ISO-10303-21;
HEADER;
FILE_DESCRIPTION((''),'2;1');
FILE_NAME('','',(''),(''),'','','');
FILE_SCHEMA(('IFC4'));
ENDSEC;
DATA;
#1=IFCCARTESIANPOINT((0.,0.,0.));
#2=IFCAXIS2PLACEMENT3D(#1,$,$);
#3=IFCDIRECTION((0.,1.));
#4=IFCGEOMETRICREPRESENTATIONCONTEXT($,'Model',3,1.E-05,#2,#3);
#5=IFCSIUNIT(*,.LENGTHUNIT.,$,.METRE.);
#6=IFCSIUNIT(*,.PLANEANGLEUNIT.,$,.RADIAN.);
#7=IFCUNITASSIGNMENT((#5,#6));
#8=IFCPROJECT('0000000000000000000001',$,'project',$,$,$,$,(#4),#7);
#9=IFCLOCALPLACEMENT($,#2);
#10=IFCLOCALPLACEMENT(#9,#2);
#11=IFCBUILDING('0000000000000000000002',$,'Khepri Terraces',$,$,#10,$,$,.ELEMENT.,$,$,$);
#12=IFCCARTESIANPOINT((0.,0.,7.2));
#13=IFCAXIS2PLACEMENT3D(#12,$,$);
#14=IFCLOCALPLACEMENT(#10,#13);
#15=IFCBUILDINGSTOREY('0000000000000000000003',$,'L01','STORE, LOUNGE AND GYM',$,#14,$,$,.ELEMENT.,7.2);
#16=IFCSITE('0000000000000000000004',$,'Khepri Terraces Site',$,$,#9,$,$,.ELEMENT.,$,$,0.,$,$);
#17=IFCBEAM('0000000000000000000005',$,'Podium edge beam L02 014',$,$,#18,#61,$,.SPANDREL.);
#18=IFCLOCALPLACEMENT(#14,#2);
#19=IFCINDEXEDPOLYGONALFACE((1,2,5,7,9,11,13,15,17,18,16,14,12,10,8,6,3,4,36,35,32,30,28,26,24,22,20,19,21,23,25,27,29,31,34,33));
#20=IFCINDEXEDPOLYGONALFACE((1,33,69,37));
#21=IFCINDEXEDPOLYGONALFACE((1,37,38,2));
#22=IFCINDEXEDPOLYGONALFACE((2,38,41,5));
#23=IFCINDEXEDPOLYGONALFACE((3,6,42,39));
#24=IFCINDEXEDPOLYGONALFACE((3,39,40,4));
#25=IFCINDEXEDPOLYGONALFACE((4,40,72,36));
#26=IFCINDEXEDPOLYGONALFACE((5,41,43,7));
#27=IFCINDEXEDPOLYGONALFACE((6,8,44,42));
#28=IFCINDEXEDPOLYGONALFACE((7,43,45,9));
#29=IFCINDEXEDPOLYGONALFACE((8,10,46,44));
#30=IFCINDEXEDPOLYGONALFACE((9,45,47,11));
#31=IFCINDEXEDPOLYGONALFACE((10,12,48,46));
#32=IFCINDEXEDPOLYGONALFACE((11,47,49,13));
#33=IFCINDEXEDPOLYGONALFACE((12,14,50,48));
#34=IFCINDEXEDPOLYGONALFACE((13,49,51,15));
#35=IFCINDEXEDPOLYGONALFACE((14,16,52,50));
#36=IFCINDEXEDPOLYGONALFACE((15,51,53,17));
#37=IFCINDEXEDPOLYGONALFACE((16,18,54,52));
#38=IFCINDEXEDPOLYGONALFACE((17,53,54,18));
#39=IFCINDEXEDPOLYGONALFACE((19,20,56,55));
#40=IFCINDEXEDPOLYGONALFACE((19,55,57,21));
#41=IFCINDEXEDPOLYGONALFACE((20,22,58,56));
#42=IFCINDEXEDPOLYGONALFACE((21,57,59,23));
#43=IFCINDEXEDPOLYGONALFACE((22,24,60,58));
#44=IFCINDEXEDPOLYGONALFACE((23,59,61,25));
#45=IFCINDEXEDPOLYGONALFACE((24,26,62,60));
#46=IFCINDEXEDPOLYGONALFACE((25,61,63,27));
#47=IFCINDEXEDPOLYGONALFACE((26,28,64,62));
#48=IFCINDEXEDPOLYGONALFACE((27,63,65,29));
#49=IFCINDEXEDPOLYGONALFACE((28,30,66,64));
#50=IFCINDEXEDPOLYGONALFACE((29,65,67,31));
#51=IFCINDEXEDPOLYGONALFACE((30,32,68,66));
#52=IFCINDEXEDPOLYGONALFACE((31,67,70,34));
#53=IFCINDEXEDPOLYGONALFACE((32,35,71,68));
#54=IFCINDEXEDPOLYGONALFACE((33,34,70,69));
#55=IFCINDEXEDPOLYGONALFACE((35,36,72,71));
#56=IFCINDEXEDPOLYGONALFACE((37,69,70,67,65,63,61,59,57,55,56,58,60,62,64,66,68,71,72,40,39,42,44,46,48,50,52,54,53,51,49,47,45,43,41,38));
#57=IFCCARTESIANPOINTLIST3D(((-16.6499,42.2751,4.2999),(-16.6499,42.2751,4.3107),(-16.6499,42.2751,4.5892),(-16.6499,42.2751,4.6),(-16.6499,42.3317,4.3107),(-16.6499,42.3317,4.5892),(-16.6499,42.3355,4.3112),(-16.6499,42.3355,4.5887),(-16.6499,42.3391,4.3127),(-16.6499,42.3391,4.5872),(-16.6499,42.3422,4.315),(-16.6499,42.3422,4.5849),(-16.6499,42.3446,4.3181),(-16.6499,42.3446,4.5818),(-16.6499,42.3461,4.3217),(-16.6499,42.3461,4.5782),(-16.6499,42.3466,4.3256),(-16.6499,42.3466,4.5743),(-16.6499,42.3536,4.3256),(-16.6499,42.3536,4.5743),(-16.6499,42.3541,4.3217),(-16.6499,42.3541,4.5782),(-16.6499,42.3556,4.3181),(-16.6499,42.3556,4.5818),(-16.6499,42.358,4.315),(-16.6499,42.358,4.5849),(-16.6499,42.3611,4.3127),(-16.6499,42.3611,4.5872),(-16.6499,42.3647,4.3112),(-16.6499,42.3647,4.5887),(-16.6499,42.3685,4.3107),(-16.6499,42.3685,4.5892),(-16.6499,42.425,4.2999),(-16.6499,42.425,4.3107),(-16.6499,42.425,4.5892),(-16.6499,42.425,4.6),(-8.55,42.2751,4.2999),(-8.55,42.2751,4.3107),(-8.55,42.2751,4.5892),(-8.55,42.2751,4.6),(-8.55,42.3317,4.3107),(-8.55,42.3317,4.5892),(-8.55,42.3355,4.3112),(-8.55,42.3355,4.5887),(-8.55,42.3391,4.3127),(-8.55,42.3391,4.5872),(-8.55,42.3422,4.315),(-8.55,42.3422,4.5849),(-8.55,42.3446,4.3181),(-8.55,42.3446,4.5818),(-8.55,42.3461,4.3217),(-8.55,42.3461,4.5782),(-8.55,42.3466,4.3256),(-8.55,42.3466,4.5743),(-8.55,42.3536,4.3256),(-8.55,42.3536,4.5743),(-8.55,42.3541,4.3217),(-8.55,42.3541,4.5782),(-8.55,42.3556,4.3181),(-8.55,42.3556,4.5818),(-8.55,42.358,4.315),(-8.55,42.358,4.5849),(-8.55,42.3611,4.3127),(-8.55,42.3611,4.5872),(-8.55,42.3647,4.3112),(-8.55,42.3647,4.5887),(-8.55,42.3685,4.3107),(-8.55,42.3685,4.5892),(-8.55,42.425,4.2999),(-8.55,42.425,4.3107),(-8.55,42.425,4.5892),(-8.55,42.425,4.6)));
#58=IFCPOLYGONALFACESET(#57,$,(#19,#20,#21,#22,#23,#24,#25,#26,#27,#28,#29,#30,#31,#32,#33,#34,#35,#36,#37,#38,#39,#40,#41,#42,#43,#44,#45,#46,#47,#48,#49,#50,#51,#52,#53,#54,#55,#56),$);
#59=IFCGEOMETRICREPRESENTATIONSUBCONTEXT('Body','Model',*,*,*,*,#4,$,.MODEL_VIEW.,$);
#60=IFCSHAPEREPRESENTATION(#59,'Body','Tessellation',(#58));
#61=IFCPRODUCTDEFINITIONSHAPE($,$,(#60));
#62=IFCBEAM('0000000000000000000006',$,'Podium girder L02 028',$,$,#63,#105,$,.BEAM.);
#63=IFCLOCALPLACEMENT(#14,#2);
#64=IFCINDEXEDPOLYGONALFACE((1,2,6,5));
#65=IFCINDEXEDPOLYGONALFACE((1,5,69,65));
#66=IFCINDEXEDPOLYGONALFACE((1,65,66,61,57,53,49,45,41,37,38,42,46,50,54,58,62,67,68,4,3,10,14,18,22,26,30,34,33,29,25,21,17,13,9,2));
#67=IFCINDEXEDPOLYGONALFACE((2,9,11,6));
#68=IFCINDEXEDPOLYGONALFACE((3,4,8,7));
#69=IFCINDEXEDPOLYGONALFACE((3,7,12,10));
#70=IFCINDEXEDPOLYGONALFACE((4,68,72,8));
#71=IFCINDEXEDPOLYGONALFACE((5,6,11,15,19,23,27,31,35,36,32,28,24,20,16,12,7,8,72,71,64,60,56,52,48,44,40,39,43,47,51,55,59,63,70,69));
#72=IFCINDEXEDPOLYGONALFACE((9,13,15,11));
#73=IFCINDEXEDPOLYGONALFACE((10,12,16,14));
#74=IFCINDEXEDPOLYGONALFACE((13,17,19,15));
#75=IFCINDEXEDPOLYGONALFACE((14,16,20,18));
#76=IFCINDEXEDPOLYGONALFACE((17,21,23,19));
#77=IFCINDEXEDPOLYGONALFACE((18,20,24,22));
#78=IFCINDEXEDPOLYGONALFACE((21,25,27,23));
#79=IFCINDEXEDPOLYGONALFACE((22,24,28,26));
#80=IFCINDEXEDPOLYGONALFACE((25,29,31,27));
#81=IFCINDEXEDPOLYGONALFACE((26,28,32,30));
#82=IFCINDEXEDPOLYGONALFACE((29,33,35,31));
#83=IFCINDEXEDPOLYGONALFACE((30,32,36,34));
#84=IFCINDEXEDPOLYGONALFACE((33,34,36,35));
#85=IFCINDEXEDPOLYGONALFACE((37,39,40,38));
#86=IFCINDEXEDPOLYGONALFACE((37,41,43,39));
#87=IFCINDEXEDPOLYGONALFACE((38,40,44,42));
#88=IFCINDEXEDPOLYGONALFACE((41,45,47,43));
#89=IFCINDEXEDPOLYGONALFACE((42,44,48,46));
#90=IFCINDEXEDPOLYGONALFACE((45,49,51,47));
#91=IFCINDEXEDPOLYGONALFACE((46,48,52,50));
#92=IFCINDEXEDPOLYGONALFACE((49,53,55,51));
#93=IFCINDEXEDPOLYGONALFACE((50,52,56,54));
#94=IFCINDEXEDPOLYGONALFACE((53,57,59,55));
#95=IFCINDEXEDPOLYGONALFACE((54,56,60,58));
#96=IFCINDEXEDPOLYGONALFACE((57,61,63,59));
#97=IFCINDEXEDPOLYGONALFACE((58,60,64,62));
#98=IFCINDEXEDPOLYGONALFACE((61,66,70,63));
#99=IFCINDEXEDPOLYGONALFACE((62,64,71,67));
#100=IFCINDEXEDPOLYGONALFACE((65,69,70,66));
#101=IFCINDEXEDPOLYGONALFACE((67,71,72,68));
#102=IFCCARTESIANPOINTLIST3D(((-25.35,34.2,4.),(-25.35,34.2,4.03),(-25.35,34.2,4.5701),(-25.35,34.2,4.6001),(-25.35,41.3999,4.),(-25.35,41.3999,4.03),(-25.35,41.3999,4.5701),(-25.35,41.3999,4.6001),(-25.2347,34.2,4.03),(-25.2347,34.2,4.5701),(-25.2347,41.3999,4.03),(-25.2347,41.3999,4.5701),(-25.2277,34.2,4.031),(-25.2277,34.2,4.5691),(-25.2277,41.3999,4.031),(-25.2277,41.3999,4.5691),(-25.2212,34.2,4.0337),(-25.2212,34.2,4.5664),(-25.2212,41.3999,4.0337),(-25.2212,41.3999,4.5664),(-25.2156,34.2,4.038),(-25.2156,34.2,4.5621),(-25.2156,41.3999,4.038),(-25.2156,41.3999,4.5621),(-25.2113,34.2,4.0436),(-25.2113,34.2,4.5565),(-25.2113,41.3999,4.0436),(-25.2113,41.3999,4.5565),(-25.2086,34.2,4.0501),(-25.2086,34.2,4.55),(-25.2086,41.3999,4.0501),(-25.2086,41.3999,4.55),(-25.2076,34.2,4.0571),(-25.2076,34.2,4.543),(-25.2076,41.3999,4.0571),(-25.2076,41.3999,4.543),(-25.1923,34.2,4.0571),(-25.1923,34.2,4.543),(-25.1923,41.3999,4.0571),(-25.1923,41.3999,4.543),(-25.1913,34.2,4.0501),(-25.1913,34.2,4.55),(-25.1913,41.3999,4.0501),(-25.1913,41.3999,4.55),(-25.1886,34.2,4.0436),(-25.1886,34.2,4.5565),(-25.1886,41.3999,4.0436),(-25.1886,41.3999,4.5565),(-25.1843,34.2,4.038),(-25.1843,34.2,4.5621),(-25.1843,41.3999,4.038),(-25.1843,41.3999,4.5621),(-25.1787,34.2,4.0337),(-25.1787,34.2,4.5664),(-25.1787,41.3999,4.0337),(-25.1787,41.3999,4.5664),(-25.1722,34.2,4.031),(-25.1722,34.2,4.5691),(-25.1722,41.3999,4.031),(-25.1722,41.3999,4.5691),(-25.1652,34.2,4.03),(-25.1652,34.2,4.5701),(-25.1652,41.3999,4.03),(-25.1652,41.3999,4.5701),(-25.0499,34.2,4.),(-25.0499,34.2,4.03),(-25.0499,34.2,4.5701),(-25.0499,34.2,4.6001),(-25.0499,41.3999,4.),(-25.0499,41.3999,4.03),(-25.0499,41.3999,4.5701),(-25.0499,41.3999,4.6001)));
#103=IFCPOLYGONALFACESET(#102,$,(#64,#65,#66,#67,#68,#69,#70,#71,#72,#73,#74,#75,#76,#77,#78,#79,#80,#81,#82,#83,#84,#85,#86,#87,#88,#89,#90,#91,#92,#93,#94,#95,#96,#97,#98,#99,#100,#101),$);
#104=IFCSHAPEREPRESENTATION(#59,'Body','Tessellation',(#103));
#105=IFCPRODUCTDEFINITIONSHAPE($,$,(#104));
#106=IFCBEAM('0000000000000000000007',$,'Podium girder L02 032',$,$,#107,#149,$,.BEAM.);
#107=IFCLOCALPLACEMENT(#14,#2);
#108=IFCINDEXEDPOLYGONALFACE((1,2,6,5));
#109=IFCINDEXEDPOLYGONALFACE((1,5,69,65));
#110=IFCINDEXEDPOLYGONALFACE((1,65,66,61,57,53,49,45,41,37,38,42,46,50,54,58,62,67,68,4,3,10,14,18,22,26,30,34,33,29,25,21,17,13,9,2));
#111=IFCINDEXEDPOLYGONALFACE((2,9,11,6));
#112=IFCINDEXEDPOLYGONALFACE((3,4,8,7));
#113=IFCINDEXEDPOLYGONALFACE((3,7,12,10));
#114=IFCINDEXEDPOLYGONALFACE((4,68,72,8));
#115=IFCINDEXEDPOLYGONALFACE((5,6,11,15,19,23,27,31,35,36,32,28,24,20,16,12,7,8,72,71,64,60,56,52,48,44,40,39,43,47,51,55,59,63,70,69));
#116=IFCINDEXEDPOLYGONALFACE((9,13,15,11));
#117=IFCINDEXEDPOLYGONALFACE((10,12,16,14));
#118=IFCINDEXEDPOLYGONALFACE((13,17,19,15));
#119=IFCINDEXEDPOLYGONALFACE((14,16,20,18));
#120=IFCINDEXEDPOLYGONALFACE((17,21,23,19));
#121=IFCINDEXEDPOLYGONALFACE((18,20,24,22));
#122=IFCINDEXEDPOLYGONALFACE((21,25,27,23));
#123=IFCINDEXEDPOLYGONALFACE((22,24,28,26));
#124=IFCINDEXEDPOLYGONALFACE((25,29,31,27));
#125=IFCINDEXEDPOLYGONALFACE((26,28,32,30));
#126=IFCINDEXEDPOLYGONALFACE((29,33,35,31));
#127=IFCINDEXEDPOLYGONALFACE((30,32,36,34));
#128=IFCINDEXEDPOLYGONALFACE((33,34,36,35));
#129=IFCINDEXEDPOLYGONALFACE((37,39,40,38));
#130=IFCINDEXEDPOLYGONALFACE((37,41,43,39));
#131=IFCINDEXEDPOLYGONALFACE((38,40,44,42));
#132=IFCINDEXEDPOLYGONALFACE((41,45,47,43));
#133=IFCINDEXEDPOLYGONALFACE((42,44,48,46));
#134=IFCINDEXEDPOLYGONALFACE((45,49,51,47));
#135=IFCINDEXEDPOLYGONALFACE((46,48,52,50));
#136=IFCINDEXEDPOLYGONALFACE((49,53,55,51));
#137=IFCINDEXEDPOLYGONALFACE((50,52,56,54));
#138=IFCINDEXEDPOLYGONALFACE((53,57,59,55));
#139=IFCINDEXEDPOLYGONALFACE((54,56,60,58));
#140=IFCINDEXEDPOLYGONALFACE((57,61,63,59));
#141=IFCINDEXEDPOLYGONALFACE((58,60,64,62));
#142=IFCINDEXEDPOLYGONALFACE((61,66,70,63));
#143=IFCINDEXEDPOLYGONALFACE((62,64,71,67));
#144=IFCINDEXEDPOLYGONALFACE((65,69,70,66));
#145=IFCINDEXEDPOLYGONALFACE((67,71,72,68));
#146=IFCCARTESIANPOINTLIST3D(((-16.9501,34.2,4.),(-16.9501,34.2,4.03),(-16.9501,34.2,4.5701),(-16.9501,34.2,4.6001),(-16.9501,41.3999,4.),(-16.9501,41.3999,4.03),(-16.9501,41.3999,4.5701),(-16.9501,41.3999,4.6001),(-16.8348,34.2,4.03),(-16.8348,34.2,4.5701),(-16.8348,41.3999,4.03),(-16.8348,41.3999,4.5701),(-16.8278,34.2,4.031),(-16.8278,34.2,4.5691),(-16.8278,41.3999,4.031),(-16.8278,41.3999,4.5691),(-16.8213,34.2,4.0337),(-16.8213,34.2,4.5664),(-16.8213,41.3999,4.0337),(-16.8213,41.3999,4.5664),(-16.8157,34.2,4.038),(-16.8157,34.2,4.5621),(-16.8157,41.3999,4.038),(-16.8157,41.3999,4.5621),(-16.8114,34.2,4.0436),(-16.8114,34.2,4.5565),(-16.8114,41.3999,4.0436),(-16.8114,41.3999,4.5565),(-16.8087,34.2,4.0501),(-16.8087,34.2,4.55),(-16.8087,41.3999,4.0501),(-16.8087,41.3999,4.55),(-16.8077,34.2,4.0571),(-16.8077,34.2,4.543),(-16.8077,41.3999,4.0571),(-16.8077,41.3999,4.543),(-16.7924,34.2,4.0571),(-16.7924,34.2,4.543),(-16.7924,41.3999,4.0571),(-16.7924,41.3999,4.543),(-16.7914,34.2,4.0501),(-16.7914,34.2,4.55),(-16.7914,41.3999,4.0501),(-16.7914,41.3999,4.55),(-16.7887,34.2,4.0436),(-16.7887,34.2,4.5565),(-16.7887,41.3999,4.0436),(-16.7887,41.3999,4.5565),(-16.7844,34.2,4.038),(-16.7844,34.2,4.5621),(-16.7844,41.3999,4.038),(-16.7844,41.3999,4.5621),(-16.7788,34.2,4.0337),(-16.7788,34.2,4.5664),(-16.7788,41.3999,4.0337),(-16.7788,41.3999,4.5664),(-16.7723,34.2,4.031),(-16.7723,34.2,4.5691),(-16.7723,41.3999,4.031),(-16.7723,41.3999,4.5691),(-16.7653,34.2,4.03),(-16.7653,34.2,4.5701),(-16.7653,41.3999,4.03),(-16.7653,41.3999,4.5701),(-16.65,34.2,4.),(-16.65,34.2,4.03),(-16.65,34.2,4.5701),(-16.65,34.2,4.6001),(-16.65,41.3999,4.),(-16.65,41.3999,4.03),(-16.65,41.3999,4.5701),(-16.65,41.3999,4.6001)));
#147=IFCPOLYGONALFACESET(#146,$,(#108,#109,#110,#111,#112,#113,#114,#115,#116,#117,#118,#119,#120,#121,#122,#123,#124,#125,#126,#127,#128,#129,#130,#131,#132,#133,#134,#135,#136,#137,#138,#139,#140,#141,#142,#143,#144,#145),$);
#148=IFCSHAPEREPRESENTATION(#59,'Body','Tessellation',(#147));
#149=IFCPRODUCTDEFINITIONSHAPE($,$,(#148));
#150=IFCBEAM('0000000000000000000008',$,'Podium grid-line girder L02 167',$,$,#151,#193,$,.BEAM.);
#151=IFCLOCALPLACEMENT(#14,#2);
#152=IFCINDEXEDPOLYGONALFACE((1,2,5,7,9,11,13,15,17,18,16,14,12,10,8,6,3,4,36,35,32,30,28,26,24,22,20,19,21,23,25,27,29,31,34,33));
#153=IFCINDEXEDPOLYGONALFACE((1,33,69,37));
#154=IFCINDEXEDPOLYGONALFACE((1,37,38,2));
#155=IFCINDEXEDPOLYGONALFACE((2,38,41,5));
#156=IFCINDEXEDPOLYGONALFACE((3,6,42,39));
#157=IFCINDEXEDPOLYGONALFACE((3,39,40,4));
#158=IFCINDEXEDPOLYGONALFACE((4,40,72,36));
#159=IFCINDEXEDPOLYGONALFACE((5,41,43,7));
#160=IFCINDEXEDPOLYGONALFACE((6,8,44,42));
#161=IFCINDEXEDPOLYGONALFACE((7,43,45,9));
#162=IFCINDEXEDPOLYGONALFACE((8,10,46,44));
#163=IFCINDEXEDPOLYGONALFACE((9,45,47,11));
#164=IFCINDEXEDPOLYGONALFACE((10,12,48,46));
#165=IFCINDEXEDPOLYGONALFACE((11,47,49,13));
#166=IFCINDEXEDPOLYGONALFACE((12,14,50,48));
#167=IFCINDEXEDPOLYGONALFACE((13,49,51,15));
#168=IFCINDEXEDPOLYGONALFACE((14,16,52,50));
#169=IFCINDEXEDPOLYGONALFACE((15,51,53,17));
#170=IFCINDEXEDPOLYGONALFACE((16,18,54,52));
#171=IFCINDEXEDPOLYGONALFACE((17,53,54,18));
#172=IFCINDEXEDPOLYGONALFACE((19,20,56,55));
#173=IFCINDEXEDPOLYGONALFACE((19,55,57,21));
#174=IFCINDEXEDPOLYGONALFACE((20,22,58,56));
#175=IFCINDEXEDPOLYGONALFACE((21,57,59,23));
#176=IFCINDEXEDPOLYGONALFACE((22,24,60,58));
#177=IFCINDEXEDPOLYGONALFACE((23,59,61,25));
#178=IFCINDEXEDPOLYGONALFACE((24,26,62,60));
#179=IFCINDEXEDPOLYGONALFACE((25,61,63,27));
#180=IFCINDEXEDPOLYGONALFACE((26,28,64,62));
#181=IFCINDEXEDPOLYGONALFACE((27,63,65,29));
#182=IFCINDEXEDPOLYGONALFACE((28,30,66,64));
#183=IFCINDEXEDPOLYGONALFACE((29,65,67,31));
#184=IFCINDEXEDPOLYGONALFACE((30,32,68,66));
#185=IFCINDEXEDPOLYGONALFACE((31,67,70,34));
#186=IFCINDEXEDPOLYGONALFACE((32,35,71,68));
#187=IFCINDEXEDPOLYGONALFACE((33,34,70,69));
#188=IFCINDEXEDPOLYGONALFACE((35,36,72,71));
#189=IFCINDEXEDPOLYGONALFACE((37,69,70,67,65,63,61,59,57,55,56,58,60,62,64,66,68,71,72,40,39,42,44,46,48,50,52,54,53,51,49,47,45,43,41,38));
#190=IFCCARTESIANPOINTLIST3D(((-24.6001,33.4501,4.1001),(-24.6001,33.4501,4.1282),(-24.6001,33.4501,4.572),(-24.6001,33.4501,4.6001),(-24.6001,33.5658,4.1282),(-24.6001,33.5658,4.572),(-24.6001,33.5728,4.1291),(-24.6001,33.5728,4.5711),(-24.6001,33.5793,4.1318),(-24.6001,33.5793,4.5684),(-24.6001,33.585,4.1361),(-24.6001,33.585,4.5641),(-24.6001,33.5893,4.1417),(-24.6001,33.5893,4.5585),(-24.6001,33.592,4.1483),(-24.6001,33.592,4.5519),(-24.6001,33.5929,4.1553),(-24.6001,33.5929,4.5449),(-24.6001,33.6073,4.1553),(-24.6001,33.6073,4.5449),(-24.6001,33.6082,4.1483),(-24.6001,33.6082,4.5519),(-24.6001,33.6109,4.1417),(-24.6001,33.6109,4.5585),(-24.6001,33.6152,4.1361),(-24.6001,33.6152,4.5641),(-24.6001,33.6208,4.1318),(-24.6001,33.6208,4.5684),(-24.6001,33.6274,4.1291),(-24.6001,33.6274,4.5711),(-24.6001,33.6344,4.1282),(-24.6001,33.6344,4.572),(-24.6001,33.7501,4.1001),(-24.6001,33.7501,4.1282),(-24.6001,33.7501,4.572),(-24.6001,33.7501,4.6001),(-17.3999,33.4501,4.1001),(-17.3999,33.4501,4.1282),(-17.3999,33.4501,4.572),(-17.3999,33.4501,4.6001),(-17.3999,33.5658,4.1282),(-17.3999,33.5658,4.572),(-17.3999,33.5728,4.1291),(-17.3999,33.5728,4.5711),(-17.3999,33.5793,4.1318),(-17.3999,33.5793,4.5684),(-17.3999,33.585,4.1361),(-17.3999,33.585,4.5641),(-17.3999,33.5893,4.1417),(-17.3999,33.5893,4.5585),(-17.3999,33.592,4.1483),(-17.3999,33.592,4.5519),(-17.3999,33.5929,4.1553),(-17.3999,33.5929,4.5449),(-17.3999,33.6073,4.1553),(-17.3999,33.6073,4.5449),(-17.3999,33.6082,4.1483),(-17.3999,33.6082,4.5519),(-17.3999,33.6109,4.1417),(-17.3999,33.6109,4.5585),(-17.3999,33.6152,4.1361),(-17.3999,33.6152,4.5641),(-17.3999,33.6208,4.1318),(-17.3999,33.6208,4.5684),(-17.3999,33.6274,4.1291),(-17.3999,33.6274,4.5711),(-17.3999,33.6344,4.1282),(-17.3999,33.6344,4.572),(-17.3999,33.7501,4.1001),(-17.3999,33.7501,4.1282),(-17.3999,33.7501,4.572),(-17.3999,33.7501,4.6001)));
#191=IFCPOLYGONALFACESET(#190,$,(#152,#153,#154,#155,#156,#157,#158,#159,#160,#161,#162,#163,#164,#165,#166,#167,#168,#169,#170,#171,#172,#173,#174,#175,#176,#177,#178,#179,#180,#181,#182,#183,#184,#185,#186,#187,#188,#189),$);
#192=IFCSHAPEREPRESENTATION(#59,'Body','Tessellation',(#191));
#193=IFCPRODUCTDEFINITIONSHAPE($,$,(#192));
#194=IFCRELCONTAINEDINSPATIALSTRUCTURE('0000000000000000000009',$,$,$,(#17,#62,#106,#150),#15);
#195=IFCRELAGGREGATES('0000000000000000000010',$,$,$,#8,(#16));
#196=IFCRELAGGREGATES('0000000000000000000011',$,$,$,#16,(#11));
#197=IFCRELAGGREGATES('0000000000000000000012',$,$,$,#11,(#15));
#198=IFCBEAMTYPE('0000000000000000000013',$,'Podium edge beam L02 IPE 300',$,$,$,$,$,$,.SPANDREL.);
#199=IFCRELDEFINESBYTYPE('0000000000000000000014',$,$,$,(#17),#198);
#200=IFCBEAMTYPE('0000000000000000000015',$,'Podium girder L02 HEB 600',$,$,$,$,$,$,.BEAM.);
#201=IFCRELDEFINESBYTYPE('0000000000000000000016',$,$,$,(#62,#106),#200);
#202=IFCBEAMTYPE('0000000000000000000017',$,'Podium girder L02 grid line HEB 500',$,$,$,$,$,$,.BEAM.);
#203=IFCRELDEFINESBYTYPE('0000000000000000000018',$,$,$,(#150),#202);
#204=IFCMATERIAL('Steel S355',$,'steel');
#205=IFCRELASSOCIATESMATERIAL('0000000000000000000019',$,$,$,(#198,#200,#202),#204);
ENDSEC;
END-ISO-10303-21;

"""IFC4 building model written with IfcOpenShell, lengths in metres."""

from ifc_helpers import new_model, si_unit, direction, frame, origin, origin_2d, place, context, subcontext, project, spatial, i_section, extrude, material, material_profile, profile_set, type_object, element, save


model = new_model("IFC4")

# Units and contexts
model_context = context("Model", 3, precision=1e-05, world=origin(), true_north=direction((0.0, 1.0)))
body_context = subcontext(model_context, "Body", "Model", "MODEL_VIEW")
ifc_project = project(units=[si_unit("LENGTHUNIT", "METRE"), si_unit("PLANEANGLEUNIT", "RADIAN")], contexts=[model_context])

# Site, building, storey
site_placement = place(None, origin())
site = spatial("IfcSite", under=ifc_project, at=site_placement, Name="Khepri Terraces Site", CompositionType="ELEMENT", RefElevation=0.0)
building_placement = place(site_placement, origin())
building = spatial("IfcBuilding", under=site, at=building_placement, Name="Khepri Terraces", CompositionType="ELEMENT")
storey_placement = place(building_placement, frame((0.0, 0.0, 7.2)))
storey = spatial("IfcBuildingStorey", under=building, at=storey_placement, Name="L01", Description="STORE, LOUNGE AND GYM", CompositionType="ELEMENT", Elevation=7.2)

# Beams
ifc_material_1 = material(Name="Steel S355", Category="steel")
ifc_material_profile_1 = material_profile(ifc_material_1, i_section(OverallWidth=0.1499, OverallDepth=0.3, WebThickness=0.0071, FlangeThickness=0.0107, FilletRadius=0.0149, at=origin_2d()), Name="Steel S355", Category="steel")
ifc_profile_set_1 = profile_set([ifc_material_profile_1], Name="Steel S355")
beam_type_1 = type_object("IfcBeamType", Name="Podium edge beam L02 IPE 300", PredefinedType="SPANDREL", material=ifc_profile_set_1)
beam_1_placement = place(storey_placement, frame((-16.6499, 42.3501, 4.45), z_axis=(1.0, 0.0, 0.0), x_axis=(0.0, 1.0, 0.0)))
element("IfcBeam", 1, at=beam_1_placement, inside=storey, type_object=beam_type_1, Name="Podium edge beam L02 014", PredefinedType="SPANDREL", context=body_context, shape_type="SweptSolid", body=[
    extrude(i_section(OverallWidth=0.1499, OverallDepth=0.3, WebThickness=0.0071, FlangeThickness=0.0107, FilletRadius=0.0149, at=origin_2d()), origin(), (0.0, 0.0, 1.0), 8.0999),
])
ifc_material_profile_2 = material_profile(ifc_material_1, i_section(OverallWidth=0.3, OverallDepth=0.6001, WebThickness=0.0154, FlangeThickness=0.03, FilletRadius=0.0271, at=origin_2d()), Name="Steel S355", Category="steel")
ifc_profile_set_2 = profile_set([ifc_material_profile_2], Name="Steel S355")
beam_type_2 = type_object("IfcBeamType", Name="Podium girder L02 HEB 600", PredefinedType="BEAM", material=ifc_profile_set_2)
for number, where, z_axis, x_axis, name in (
    (2, (-25.2, 34.2, 4.3), (0.0, 1.0, 0.0), (-1.0, 0.0, 0.0), "Podium girder L02 028"),
    (3, (-16.8, 34.2, 4.3), (0.0, 1.0, 0.0), (-1.0, 0.0, 0.0), "Podium girder L02 032"),
):
    element("IfcBeam", number, at=place(storey_placement, frame(where, z_axis=z_axis, x_axis=x_axis)), inside=storey, type_object=beam_type_2, Name=name, PredefinedType="BEAM", context=body_context, shape_type="SweptSolid", body=[
        extrude(i_section(OverallWidth=0.3, OverallDepth=0.6001, WebThickness=0.0154, FlangeThickness=0.03, FilletRadius=0.0271, at=origin_2d()), origin(), (0.0, 0.0, 1.0), 7.2),
    ])
ifc_material_profile_3 = material_profile(ifc_material_1, i_section(OverallWidth=0.3, OverallDepth=0.5, WebThickness=0.0144, FlangeThickness=0.0281, FilletRadius=0.0271, at=origin_2d()), Name="Steel S355", Category="steel")
ifc_profile_set_3 = profile_set([ifc_material_profile_3], Name="Steel S355")
beam_type_3 = type_object("IfcBeamType", Name="Podium girder L02 grid line HEB 500", PredefinedType="BEAM", material=ifc_profile_set_3)
beam_2_placement = place(storey_placement, frame((-24.6001, 33.6001, 4.3501), z_axis=(1.0, 0.0, 0.0), x_axis=(0.0, 1.0, 0.0)))
element("IfcBeam", 4, at=beam_2_placement, inside=storey, type_object=beam_type_3, Name="Podium grid-line girder L02 167", PredefinedType="BEAM", context=body_context, shape_type="SweptSolid", body=[
    extrude(i_section(OverallWidth=0.3, OverallDepth=0.5, WebThickness=0.0144, FlangeThickness=0.0281, FilletRadius=0.0271, at=origin_2d()), origin(), (0.0, 0.0, 1.0), 7.2002),
])

save(model, "model.ifc")
